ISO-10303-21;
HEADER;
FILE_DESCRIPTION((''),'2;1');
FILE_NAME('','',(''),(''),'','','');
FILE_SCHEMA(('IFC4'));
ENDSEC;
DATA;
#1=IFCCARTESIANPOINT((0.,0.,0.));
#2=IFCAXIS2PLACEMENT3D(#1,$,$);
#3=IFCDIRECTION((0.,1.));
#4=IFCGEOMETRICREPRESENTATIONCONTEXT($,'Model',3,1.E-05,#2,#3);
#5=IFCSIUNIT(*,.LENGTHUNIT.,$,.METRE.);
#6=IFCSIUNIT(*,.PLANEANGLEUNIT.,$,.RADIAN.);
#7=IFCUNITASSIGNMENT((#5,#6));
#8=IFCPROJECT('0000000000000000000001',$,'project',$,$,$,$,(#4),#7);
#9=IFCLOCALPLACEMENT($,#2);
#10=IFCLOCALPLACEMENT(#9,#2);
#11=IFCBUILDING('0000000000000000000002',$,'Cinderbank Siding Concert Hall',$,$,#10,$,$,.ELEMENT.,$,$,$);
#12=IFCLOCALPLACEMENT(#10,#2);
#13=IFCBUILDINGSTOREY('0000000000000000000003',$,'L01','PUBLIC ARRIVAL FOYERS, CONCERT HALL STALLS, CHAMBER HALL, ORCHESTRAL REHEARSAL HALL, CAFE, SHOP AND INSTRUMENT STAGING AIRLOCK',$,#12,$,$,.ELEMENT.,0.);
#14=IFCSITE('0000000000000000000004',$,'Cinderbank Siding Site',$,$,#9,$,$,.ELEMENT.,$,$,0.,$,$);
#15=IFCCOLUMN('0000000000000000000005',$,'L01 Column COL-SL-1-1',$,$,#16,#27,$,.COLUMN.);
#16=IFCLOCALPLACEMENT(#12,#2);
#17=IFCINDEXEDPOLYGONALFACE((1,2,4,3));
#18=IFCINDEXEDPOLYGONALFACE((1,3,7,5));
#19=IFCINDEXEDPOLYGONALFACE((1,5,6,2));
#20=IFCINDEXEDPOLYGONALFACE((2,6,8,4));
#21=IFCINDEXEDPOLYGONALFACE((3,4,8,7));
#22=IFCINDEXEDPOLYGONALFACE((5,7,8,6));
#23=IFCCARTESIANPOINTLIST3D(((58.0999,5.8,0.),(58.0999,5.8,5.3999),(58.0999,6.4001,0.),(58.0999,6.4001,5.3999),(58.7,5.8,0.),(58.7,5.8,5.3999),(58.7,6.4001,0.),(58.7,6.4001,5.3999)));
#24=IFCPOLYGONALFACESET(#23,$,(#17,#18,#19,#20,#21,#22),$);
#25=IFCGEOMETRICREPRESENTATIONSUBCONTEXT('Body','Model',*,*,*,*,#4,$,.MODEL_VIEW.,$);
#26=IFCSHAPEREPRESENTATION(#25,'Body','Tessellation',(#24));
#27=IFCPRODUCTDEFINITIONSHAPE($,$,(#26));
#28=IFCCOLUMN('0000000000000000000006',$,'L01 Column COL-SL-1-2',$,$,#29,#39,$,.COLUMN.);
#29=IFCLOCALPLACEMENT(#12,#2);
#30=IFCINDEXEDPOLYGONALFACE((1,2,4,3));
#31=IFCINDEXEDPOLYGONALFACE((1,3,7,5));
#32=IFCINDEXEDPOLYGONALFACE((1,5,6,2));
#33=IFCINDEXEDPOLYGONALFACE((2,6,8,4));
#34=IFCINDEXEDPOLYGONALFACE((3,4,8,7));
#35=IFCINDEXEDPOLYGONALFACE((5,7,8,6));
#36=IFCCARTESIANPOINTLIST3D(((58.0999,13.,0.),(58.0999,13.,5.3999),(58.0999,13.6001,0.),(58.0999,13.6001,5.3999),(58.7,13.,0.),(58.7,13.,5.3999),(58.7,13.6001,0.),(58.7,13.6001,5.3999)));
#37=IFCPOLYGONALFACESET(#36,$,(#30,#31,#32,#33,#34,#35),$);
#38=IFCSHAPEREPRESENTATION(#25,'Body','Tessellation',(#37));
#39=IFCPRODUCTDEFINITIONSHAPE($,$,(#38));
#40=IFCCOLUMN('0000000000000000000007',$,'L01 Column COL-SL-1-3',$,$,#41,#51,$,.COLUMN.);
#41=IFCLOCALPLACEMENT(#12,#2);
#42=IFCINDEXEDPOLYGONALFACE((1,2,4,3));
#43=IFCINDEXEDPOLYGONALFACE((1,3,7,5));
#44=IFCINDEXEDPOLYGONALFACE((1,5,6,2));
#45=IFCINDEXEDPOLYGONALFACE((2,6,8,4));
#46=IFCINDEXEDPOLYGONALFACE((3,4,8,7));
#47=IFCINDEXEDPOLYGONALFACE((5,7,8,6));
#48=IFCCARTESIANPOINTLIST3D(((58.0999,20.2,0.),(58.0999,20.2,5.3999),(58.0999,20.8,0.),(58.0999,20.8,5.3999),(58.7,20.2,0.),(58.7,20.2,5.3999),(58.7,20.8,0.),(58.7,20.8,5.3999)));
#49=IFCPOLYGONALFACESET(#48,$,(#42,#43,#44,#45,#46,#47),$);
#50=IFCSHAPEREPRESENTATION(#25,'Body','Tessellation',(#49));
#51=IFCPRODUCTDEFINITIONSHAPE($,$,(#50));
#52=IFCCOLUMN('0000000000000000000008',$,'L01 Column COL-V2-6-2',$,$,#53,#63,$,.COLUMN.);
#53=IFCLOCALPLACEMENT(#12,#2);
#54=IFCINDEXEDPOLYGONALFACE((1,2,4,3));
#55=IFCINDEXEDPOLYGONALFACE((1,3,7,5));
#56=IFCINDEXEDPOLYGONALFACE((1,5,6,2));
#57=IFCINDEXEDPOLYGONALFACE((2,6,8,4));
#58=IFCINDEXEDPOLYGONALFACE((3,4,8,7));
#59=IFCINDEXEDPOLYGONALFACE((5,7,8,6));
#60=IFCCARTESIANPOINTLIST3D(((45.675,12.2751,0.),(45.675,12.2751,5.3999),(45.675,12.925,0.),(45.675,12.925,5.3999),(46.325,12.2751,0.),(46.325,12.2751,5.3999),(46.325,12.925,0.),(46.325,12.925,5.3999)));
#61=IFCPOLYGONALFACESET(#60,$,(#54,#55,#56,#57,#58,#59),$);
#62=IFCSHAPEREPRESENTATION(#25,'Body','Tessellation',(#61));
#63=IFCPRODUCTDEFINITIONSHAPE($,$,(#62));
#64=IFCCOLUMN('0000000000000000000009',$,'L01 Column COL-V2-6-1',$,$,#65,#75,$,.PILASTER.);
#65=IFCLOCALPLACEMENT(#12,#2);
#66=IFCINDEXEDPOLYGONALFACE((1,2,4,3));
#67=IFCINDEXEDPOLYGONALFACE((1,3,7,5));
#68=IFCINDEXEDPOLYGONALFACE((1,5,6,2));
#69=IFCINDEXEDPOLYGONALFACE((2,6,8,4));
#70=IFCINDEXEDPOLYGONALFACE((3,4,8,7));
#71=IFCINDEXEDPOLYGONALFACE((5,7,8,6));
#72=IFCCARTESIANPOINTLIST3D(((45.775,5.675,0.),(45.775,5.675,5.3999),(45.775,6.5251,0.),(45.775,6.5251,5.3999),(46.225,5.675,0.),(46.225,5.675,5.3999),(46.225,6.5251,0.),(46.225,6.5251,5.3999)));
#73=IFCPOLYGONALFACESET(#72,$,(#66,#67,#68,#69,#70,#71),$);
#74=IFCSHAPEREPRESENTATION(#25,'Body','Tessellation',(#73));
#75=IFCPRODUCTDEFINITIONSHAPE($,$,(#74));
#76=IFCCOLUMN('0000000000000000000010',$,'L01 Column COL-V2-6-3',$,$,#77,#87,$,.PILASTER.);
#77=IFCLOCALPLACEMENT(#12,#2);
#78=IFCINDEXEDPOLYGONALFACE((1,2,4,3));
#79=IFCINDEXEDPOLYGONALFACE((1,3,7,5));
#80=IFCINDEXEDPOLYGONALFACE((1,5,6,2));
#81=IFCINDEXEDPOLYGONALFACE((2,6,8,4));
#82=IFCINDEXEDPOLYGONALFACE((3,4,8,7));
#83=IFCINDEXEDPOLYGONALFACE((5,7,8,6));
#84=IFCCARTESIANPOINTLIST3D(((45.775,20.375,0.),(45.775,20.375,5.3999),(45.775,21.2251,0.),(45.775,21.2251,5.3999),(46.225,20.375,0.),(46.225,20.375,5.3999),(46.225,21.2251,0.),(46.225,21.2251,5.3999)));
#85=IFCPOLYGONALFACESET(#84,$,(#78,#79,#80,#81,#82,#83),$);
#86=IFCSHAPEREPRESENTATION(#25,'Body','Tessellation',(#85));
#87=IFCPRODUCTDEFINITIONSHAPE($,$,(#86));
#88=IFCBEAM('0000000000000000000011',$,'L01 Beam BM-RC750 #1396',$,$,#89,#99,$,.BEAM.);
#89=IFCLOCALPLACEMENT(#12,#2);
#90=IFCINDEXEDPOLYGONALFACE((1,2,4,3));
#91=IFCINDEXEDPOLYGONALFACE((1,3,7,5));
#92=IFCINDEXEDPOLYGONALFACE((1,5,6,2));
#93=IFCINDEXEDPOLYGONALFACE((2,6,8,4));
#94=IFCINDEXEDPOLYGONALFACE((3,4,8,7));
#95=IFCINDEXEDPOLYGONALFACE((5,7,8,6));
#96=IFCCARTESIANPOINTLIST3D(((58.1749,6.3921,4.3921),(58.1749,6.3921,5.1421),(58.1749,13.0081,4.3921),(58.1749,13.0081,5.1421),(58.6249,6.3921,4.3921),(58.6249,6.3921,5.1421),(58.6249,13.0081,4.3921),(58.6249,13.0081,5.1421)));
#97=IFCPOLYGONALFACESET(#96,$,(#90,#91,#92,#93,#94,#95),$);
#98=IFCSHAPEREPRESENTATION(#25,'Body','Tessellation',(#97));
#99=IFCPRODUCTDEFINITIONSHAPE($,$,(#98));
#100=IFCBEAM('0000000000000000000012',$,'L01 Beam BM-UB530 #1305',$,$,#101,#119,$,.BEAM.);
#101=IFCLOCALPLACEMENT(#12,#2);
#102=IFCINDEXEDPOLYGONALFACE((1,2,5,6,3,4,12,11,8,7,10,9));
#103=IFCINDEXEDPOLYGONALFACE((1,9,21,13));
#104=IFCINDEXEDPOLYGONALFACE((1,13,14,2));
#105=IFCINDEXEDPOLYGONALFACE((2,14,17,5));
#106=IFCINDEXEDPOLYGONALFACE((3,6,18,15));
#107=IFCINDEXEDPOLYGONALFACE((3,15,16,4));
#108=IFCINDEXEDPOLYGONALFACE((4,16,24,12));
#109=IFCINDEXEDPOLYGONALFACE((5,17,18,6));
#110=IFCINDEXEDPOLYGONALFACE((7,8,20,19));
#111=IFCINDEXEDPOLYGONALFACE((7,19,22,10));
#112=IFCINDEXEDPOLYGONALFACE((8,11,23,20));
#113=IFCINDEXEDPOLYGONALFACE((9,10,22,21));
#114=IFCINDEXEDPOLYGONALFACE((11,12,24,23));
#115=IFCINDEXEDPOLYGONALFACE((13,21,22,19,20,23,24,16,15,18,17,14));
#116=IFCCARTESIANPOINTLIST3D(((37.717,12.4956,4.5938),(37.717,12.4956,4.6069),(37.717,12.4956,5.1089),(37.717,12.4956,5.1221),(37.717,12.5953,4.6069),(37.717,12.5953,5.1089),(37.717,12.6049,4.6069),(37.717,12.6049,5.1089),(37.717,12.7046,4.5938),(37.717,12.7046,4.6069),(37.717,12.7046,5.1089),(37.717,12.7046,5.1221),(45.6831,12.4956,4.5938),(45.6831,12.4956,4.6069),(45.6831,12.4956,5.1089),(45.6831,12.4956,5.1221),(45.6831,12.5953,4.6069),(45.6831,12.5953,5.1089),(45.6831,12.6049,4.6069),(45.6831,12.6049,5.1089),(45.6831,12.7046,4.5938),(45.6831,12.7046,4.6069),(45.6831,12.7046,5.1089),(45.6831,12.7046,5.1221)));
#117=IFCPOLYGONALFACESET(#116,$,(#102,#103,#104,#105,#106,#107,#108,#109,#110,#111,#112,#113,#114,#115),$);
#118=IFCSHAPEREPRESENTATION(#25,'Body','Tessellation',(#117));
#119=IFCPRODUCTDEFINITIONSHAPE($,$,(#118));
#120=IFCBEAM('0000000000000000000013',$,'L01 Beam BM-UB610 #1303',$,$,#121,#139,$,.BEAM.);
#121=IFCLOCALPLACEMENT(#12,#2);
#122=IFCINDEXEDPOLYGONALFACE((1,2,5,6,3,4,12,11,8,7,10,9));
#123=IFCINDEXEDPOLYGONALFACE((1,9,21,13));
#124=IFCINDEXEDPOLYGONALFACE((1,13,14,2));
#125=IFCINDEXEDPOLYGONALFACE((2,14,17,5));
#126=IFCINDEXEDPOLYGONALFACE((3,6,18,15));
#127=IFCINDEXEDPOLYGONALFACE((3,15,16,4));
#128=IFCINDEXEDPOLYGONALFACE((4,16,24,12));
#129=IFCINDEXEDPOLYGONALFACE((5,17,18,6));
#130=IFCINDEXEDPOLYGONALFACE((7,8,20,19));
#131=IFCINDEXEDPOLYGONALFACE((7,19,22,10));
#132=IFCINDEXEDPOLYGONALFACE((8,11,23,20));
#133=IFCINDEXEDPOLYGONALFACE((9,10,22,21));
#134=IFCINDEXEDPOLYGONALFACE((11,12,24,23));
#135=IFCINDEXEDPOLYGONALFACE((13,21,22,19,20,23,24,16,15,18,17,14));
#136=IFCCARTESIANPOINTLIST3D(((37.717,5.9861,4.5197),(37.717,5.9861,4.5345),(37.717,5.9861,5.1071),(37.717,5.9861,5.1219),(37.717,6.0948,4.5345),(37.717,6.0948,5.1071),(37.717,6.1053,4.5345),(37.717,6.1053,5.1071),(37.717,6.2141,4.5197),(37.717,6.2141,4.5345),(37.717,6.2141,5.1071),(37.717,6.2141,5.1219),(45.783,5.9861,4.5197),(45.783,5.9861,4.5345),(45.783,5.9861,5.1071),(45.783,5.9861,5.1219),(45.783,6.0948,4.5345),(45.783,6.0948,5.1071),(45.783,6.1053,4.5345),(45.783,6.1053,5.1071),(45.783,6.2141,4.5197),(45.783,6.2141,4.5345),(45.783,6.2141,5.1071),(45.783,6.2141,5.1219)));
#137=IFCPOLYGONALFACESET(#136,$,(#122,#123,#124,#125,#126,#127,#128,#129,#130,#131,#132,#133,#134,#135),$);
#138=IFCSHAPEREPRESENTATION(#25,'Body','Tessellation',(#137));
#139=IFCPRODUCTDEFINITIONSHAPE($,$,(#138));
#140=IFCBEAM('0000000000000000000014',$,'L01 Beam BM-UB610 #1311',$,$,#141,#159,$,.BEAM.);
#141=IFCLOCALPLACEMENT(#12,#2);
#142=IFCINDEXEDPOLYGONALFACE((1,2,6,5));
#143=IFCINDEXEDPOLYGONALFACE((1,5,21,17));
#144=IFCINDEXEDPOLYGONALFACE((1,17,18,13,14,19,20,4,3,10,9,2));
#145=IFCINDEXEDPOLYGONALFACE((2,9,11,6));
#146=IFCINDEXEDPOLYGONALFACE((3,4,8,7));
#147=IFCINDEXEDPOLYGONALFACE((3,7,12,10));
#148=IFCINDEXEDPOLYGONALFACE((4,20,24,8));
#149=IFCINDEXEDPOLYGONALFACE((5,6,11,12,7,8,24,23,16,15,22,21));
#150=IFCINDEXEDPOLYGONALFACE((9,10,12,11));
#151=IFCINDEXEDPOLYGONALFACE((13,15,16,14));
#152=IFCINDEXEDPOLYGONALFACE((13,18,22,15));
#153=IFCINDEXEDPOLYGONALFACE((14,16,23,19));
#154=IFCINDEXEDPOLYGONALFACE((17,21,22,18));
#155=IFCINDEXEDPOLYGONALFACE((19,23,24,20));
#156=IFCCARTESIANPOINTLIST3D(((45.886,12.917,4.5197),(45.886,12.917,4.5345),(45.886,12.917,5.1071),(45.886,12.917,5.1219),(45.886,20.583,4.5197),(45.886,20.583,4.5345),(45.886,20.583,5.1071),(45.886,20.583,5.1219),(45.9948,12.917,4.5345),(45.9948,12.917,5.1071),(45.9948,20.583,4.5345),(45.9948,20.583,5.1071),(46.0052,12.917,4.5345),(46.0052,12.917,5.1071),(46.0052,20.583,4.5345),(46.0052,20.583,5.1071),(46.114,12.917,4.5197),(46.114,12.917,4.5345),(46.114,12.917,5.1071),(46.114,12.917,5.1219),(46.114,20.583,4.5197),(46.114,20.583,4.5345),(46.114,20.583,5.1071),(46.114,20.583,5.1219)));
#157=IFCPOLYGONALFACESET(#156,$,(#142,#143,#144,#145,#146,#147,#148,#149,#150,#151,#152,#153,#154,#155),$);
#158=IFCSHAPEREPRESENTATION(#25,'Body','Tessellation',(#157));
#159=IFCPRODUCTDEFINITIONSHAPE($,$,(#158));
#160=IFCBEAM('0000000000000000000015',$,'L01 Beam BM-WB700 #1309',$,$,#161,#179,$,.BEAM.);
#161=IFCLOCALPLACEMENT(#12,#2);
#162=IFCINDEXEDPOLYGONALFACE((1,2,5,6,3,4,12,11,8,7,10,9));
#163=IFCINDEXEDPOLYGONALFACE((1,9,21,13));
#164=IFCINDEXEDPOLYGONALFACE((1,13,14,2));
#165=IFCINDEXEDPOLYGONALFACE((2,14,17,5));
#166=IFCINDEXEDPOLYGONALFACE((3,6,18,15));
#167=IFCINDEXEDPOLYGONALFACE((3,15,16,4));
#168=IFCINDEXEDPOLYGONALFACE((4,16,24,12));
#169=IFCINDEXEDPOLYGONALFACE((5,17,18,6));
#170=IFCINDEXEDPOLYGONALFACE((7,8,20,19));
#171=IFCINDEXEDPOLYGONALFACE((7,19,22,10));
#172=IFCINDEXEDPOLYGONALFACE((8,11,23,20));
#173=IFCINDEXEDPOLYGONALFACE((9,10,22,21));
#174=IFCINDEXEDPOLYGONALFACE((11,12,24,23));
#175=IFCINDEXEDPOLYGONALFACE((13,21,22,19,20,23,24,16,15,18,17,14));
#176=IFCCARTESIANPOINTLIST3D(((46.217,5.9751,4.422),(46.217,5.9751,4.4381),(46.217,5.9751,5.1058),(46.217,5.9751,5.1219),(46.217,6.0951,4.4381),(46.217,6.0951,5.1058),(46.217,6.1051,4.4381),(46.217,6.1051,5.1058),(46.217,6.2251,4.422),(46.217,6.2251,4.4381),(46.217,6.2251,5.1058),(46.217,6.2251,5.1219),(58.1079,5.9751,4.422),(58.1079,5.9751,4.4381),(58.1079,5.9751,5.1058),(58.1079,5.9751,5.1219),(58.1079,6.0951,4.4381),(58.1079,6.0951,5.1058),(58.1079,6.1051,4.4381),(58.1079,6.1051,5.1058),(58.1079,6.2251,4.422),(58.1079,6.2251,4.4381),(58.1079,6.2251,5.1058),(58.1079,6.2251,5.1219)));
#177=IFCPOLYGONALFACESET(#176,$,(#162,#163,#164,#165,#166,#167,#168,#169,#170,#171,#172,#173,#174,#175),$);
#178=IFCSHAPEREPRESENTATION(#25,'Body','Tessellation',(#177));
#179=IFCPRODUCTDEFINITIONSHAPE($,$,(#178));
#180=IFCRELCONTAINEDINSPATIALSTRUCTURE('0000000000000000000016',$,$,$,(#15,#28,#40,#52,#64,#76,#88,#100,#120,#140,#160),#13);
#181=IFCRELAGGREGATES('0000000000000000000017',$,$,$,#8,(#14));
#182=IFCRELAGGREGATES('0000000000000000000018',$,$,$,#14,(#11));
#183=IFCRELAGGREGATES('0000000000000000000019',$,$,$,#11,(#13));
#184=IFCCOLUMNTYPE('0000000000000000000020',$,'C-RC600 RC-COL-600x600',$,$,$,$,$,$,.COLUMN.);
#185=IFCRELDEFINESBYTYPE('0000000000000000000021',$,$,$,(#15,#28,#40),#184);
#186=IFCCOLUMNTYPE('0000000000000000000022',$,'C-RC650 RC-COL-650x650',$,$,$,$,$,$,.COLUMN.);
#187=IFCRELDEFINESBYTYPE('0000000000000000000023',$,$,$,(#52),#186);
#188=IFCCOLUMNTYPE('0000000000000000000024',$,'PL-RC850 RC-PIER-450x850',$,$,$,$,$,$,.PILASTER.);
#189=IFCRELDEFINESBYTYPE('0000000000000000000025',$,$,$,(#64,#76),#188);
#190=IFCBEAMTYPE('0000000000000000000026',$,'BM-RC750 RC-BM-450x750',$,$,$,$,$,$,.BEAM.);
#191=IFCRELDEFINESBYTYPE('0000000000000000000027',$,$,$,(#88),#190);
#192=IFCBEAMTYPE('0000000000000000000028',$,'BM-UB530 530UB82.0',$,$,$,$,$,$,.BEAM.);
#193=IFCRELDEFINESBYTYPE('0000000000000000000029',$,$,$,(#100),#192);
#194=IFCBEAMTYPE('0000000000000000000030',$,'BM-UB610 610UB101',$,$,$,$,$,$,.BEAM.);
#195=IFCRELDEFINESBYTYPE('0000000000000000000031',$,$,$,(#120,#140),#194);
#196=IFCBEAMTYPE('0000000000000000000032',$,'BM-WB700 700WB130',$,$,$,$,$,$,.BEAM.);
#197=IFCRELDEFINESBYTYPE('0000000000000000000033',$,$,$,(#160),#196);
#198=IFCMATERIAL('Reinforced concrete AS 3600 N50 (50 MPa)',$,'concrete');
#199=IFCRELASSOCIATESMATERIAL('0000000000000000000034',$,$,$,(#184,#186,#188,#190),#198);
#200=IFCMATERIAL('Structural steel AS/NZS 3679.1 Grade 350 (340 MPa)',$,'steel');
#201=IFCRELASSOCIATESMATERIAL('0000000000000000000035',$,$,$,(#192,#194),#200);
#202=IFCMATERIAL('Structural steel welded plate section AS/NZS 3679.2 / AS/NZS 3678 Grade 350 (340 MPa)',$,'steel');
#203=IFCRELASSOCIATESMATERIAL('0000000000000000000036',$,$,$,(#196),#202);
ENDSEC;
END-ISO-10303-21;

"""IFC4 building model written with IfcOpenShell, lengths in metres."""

from ifc_helpers import new_model, si_unit, direction, frame, origin, origin_2d, place, context, subcontext, project, spatial, rectangle, i_section, extrude, material, material_profile, profile_set, type_object, element, save


model = new_model("IFC4")

# Units and contexts
model_context = context("Model", 3, precision=1e-05, world=origin(), true_north=direction((0.0, 1.0)))
body_context = subcontext(model_context, "Body", "Model", "MODEL_VIEW")
ifc_project = project(units=[si_unit("LENGTHUNIT", "METRE"), si_unit("PLANEANGLEUNIT", "RADIAN")], contexts=[model_context])

# Site, building, storey
site_placement = place(None, origin())
site = spatial("IfcSite", under=ifc_project, at=site_placement, Name="Cinderbank Siding Site", CompositionType="ELEMENT", RefElevation=0.0)
building_placement = place(site_placement, origin())
building = spatial("IfcBuilding", under=site, at=building_placement, Name="Cinderbank Siding Concert Hall", CompositionType="ELEMENT")
storey_placement = place(building_placement, origin())
storey = spatial("IfcBuildingStorey", under=building, at=storey_placement, Name="L01", Description="PUBLIC ARRIVAL FOYERS, CONCERT HALL STALLS, CHAMBER HALL, ORCHESTRAL REHEARSAL HALL, CAFE, SHOP AND INSTRUMENT STAGING AIRLOCK", CompositionType="ELEMENT", Elevation=0.0)

# Columns
ifc_material_1 = material(Name="Reinforced concrete AS 3600 N50 (50 MPa)", Category="concrete")
ifc_material_profile_1 = material_profile(ifc_material_1, rectangle(XDim=0.6001, YDim=0.6001, at=origin_2d()), Name="RC-COL-600x600", Category="LoadBearing")
ifc_profile_set_1 = profile_set([ifc_material_profile_1], Name="Reinforced concrete AS 3600 N50 (50 MPa)")
column_type_1 = type_object("IfcColumnType", Name="C-RC600 RC-COL-600x600", PredefinedType="COLUMN", material=ifc_profile_set_1)
for number, where, z_axis, x_axis, name in (
    (1, (58.3999, 6.1001, 0.0), (0.0, 0.0, 1.0), (1.0, 0.0, 0.0), "L01 Column COL-SL-1-1"),
    (2, (58.3999, 13.3, 0.0), (0.0, 0.0, 1.0), (1.0, 0.0, 0.0), "L01 Column COL-SL-1-2"),
    (3, (58.3999, 20.5, 0.0), (0.0, 0.0, 1.0), (1.0, 0.0, 0.0), "L01 Column COL-SL-1-3"),
):
    element("IfcColumn", number, at=place(storey_placement, frame(where, z_axis=z_axis, x_axis=x_axis)), inside=storey, type_object=column_type_1, Name=name, PredefinedType="COLUMN", context=body_context, shape_type="SweptSolid", body=[
        extrude(rectangle(XDim=0.6001, YDim=0.6001, at=origin_2d()), origin(), (0.0, 0.0, 1.0), 5.3999),
    ])
ifc_material_profile_2 = material_profile(ifc_material_1, rectangle(XDim=0.6499, YDim=0.6499, at=origin_2d()), Name="RC-COL-650x650", Category="LoadBearing")
ifc_profile_set_2 = profile_set([ifc_material_profile_2], Name="Reinforced concrete AS 3600 N50 (50 MPa)")
column_type_2 = type_object("IfcColumnType", Name="C-RC650 RC-COL-650x650", PredefinedType="COLUMN", material=ifc_profile_set_2)
column_placement = place(storey_placement, frame((46.0, 12.6001, 0.0), z_axis=(0.0, 0.0, 1.0), x_axis=(1.0, 0.0, 0.0)))
element("IfcColumn", 4, at=column_placement, inside=storey, type_object=column_type_2, Name="L01 Column COL-V2-6-2", PredefinedType="COLUMN", context=body_context, shape_type="SweptSolid", body=[
    extrude(rectangle(XDim=0.6499, YDim=0.6499, at=origin_2d()), origin(), (0.0, 0.0, 1.0), 5.3999),
])
ifc_material_profile_3 = material_profile(ifc_material_1, rectangle(XDim=0.45, YDim=0.8501, at=origin_2d()), Name="RC-PIER-450x850", Category="LoadBearing")
ifc_profile_set_3 = profile_set([ifc_material_profile_3], Name="Reinforced concrete AS 3600 N50 (50 MPa)")
column_type_3 = type_object("IfcColumnType", Name="PL-RC850 RC-PIER-450x850", PredefinedType="PILASTER", material=ifc_profile_set_3)
for number, where, z_axis, x_axis, name in (
    (5, (46.0, 6.1001, 0.0), (0.0, 0.0, 1.0), (1.0, 0.0, 0.0), "L01 Column COL-V2-6-1"),
    (6, (46.0, 20.8, 0.0), (0.0, 0.0, 1.0), (1.0, 0.0, 0.0), "L01 Column COL-V2-6-3"),
):
    element("IfcColumn", number, at=place(storey_placement, frame(where, z_axis=z_axis, x_axis=x_axis)), inside=storey, type_object=column_type_3, Name=name, PredefinedType="PILASTER", context=body_context, shape_type="SweptSolid", body=[
        extrude(rectangle(XDim=0.45, YDim=0.8501, at=origin_2d()), origin(), (0.0, 0.0, 1.0), 5.3999),
    ])

# Beams
ifc_material_profile_4 = material_profile(ifc_material_1, rectangle(XDim=0.45, YDim=0.75, at=origin_2d()), Name="RC-BM-450x750", Category="LoadBearing")
ifc_profile_set_4 = profile_set([ifc_material_profile_4], Name="Reinforced concrete AS 3600 N50 (50 MPa)")
beam_type_1 = type_object("IfcBeamType", Name="BM-RC750 RC-BM-450x750", PredefinedType="BEAM", material=ifc_profile_set_4)
beam_1_placement = place(storey_placement, frame((58.3999, 6.3921, 4.7671), z_axis=(0.0, 1.0, 0.0), x_axis=(-1.0, 0.0, 0.0)))
element("IfcBeam", 7, at=beam_1_placement, inside=storey, type_object=beam_type_1, Name="L01 Beam BM-RC750 #1396", PredefinedType="BEAM", context=body_context, shape_type="SweptSolid", body=[
    extrude(rectangle(XDim=0.45, YDim=0.75, at=origin_2d()), origin(), (0.0, 0.0, 1.0), 6.616),
])
ifc_material_2 = material(Name="Structural steel AS/NZS 3679.1 Grade 350 (340 MPa)", Category="steel")
ifc_material_profile_5 = material_profile(ifc_material_2, i_section(OverallWidth=0.209, OverallDepth=0.5283, WebThickness=0.0095, FlangeThickness=0.0132, at=origin_2d()), Name="530UB82.0", Category="LoadBearing")
ifc_profile_set_5 = profile_set([ifc_material_profile_5], Name="Structural steel AS/NZS 3679.1 Grade 350 (340 MPa)")
beam_type_2 = type_object("IfcBeamType", Name="BM-UB530 530UB82.0", PredefinedType="BEAM", material=ifc_profile_set_5)
beam_2_placement = place(storey_placement, frame((37.717, 12.6001, 4.8579), z_axis=(1.0, 0.0, 0.0), x_axis=(0.0, 1.0, 0.0)))
element("IfcBeam", 8, at=beam_2_placement, inside=storey, type_object=beam_type_2, Name="L01 Beam BM-UB530 #1305", PredefinedType="BEAM", context=body_context, shape_type="SweptSolid", body=[
    extrude(i_section(OverallWidth=0.209, OverallDepth=0.5283, WebThickness=0.0095, FlangeThickness=0.0132, at=origin_2d()), origin(), (0.0, 0.0, 1.0), 7.9661),
])
ifc_material_profile_6 = material_profile(ifc_material_2, i_section(OverallWidth=0.228, OverallDepth=0.6023, WebThickness=0.0105, FlangeThickness=0.0149, at=origin_2d()), Name="610UB101", Category="LoadBearing")
ifc_profile_set_6 = profile_set([ifc_material_profile_6], Name="Structural steel AS/NZS 3679.1 Grade 350 (340 MPa)")
beam_type_3 = type_object("IfcBeamType", Name="BM-UB610 610UB101", PredefinedType="BEAM", material=ifc_profile_set_6)
beam_3_placement = place(storey_placement, frame((37.717, 6.1001, 4.8208), z_axis=(1.0, 0.0, 0.0), x_axis=(0.0, 1.0, 0.0)))
element("IfcBeam", 9, at=beam_3_placement, inside=storey, type_object=beam_type_3, Name="L01 Beam BM-UB610 #1303", PredefinedType="BEAM", context=body_context, shape_type="SweptSolid", body=[
    extrude(i_section(OverallWidth=0.228, OverallDepth=0.6023, WebThickness=0.0105, FlangeThickness=0.0149, at=origin_2d()), origin(), (0.0, 0.0, 1.0), 8.0659),
])
beam_4_placement = place(storey_placement, frame((46.0, 12.917, 4.8208), z_axis=(0.0, 1.0, 0.0), x_axis=(-1.0, 0.0, 0.0)))
element("IfcBeam", 10, at=beam_4_placement, inside=storey, type_object=beam_type_3, Name="L01 Beam BM-UB610 #1311", PredefinedType="BEAM", context=body_context, shape_type="SweptSolid", body=[
    extrude(i_section(OverallWidth=0.228, OverallDepth=0.6023, WebThickness=0.0105, FlangeThickness=0.0149, at=origin_2d()), origin(), (0.0, 0.0, 1.0), 7.666),
])
ifc_material_3 = material(Name="Structural steel welded plate section AS/NZS 3679.2 / AS/NZS 3678 Grade 350 (340 MPa)", Category="steel")
ifc_material_profile_7 = material_profile(ifc_material_3, i_section(OverallWidth=0.25, OverallDepth=0.7, WebThickness=0.01, FlangeThickness=0.0161, at=origin_2d()), Name="700WB130", Category="LoadBearing")
ifc_profile_set_7 = profile_set([ifc_material_profile_7], Name="Structural steel welded plate section AS/NZS 3679.2 / AS/NZS 3678 Grade 350 (340 MPa)")
beam_type_4 = type_object("IfcBeamType", Name="BM-WB700 700WB130", PredefinedType="BEAM", material=ifc_profile_set_7)
beam_5_placement = place(storey_placement, frame((46.217, 6.1001, 4.772), z_axis=(1.0, 0.0, 0.0), x_axis=(0.0, 1.0, 0.0)))
element("IfcBeam", 11, at=beam_5_placement, inside=storey, type_object=beam_type_4, Name="L01 Beam BM-WB700 #1309", PredefinedType="BEAM", context=body_context, shape_type="SweptSolid", body=[
    extrude(i_section(OverallWidth=0.25, OverallDepth=0.7, WebThickness=0.01, FlangeThickness=0.0161, at=origin_2d()), origin(), (0.0, 0.0, 1.0), 11.8909),
])

save(model, "model.ifc")
